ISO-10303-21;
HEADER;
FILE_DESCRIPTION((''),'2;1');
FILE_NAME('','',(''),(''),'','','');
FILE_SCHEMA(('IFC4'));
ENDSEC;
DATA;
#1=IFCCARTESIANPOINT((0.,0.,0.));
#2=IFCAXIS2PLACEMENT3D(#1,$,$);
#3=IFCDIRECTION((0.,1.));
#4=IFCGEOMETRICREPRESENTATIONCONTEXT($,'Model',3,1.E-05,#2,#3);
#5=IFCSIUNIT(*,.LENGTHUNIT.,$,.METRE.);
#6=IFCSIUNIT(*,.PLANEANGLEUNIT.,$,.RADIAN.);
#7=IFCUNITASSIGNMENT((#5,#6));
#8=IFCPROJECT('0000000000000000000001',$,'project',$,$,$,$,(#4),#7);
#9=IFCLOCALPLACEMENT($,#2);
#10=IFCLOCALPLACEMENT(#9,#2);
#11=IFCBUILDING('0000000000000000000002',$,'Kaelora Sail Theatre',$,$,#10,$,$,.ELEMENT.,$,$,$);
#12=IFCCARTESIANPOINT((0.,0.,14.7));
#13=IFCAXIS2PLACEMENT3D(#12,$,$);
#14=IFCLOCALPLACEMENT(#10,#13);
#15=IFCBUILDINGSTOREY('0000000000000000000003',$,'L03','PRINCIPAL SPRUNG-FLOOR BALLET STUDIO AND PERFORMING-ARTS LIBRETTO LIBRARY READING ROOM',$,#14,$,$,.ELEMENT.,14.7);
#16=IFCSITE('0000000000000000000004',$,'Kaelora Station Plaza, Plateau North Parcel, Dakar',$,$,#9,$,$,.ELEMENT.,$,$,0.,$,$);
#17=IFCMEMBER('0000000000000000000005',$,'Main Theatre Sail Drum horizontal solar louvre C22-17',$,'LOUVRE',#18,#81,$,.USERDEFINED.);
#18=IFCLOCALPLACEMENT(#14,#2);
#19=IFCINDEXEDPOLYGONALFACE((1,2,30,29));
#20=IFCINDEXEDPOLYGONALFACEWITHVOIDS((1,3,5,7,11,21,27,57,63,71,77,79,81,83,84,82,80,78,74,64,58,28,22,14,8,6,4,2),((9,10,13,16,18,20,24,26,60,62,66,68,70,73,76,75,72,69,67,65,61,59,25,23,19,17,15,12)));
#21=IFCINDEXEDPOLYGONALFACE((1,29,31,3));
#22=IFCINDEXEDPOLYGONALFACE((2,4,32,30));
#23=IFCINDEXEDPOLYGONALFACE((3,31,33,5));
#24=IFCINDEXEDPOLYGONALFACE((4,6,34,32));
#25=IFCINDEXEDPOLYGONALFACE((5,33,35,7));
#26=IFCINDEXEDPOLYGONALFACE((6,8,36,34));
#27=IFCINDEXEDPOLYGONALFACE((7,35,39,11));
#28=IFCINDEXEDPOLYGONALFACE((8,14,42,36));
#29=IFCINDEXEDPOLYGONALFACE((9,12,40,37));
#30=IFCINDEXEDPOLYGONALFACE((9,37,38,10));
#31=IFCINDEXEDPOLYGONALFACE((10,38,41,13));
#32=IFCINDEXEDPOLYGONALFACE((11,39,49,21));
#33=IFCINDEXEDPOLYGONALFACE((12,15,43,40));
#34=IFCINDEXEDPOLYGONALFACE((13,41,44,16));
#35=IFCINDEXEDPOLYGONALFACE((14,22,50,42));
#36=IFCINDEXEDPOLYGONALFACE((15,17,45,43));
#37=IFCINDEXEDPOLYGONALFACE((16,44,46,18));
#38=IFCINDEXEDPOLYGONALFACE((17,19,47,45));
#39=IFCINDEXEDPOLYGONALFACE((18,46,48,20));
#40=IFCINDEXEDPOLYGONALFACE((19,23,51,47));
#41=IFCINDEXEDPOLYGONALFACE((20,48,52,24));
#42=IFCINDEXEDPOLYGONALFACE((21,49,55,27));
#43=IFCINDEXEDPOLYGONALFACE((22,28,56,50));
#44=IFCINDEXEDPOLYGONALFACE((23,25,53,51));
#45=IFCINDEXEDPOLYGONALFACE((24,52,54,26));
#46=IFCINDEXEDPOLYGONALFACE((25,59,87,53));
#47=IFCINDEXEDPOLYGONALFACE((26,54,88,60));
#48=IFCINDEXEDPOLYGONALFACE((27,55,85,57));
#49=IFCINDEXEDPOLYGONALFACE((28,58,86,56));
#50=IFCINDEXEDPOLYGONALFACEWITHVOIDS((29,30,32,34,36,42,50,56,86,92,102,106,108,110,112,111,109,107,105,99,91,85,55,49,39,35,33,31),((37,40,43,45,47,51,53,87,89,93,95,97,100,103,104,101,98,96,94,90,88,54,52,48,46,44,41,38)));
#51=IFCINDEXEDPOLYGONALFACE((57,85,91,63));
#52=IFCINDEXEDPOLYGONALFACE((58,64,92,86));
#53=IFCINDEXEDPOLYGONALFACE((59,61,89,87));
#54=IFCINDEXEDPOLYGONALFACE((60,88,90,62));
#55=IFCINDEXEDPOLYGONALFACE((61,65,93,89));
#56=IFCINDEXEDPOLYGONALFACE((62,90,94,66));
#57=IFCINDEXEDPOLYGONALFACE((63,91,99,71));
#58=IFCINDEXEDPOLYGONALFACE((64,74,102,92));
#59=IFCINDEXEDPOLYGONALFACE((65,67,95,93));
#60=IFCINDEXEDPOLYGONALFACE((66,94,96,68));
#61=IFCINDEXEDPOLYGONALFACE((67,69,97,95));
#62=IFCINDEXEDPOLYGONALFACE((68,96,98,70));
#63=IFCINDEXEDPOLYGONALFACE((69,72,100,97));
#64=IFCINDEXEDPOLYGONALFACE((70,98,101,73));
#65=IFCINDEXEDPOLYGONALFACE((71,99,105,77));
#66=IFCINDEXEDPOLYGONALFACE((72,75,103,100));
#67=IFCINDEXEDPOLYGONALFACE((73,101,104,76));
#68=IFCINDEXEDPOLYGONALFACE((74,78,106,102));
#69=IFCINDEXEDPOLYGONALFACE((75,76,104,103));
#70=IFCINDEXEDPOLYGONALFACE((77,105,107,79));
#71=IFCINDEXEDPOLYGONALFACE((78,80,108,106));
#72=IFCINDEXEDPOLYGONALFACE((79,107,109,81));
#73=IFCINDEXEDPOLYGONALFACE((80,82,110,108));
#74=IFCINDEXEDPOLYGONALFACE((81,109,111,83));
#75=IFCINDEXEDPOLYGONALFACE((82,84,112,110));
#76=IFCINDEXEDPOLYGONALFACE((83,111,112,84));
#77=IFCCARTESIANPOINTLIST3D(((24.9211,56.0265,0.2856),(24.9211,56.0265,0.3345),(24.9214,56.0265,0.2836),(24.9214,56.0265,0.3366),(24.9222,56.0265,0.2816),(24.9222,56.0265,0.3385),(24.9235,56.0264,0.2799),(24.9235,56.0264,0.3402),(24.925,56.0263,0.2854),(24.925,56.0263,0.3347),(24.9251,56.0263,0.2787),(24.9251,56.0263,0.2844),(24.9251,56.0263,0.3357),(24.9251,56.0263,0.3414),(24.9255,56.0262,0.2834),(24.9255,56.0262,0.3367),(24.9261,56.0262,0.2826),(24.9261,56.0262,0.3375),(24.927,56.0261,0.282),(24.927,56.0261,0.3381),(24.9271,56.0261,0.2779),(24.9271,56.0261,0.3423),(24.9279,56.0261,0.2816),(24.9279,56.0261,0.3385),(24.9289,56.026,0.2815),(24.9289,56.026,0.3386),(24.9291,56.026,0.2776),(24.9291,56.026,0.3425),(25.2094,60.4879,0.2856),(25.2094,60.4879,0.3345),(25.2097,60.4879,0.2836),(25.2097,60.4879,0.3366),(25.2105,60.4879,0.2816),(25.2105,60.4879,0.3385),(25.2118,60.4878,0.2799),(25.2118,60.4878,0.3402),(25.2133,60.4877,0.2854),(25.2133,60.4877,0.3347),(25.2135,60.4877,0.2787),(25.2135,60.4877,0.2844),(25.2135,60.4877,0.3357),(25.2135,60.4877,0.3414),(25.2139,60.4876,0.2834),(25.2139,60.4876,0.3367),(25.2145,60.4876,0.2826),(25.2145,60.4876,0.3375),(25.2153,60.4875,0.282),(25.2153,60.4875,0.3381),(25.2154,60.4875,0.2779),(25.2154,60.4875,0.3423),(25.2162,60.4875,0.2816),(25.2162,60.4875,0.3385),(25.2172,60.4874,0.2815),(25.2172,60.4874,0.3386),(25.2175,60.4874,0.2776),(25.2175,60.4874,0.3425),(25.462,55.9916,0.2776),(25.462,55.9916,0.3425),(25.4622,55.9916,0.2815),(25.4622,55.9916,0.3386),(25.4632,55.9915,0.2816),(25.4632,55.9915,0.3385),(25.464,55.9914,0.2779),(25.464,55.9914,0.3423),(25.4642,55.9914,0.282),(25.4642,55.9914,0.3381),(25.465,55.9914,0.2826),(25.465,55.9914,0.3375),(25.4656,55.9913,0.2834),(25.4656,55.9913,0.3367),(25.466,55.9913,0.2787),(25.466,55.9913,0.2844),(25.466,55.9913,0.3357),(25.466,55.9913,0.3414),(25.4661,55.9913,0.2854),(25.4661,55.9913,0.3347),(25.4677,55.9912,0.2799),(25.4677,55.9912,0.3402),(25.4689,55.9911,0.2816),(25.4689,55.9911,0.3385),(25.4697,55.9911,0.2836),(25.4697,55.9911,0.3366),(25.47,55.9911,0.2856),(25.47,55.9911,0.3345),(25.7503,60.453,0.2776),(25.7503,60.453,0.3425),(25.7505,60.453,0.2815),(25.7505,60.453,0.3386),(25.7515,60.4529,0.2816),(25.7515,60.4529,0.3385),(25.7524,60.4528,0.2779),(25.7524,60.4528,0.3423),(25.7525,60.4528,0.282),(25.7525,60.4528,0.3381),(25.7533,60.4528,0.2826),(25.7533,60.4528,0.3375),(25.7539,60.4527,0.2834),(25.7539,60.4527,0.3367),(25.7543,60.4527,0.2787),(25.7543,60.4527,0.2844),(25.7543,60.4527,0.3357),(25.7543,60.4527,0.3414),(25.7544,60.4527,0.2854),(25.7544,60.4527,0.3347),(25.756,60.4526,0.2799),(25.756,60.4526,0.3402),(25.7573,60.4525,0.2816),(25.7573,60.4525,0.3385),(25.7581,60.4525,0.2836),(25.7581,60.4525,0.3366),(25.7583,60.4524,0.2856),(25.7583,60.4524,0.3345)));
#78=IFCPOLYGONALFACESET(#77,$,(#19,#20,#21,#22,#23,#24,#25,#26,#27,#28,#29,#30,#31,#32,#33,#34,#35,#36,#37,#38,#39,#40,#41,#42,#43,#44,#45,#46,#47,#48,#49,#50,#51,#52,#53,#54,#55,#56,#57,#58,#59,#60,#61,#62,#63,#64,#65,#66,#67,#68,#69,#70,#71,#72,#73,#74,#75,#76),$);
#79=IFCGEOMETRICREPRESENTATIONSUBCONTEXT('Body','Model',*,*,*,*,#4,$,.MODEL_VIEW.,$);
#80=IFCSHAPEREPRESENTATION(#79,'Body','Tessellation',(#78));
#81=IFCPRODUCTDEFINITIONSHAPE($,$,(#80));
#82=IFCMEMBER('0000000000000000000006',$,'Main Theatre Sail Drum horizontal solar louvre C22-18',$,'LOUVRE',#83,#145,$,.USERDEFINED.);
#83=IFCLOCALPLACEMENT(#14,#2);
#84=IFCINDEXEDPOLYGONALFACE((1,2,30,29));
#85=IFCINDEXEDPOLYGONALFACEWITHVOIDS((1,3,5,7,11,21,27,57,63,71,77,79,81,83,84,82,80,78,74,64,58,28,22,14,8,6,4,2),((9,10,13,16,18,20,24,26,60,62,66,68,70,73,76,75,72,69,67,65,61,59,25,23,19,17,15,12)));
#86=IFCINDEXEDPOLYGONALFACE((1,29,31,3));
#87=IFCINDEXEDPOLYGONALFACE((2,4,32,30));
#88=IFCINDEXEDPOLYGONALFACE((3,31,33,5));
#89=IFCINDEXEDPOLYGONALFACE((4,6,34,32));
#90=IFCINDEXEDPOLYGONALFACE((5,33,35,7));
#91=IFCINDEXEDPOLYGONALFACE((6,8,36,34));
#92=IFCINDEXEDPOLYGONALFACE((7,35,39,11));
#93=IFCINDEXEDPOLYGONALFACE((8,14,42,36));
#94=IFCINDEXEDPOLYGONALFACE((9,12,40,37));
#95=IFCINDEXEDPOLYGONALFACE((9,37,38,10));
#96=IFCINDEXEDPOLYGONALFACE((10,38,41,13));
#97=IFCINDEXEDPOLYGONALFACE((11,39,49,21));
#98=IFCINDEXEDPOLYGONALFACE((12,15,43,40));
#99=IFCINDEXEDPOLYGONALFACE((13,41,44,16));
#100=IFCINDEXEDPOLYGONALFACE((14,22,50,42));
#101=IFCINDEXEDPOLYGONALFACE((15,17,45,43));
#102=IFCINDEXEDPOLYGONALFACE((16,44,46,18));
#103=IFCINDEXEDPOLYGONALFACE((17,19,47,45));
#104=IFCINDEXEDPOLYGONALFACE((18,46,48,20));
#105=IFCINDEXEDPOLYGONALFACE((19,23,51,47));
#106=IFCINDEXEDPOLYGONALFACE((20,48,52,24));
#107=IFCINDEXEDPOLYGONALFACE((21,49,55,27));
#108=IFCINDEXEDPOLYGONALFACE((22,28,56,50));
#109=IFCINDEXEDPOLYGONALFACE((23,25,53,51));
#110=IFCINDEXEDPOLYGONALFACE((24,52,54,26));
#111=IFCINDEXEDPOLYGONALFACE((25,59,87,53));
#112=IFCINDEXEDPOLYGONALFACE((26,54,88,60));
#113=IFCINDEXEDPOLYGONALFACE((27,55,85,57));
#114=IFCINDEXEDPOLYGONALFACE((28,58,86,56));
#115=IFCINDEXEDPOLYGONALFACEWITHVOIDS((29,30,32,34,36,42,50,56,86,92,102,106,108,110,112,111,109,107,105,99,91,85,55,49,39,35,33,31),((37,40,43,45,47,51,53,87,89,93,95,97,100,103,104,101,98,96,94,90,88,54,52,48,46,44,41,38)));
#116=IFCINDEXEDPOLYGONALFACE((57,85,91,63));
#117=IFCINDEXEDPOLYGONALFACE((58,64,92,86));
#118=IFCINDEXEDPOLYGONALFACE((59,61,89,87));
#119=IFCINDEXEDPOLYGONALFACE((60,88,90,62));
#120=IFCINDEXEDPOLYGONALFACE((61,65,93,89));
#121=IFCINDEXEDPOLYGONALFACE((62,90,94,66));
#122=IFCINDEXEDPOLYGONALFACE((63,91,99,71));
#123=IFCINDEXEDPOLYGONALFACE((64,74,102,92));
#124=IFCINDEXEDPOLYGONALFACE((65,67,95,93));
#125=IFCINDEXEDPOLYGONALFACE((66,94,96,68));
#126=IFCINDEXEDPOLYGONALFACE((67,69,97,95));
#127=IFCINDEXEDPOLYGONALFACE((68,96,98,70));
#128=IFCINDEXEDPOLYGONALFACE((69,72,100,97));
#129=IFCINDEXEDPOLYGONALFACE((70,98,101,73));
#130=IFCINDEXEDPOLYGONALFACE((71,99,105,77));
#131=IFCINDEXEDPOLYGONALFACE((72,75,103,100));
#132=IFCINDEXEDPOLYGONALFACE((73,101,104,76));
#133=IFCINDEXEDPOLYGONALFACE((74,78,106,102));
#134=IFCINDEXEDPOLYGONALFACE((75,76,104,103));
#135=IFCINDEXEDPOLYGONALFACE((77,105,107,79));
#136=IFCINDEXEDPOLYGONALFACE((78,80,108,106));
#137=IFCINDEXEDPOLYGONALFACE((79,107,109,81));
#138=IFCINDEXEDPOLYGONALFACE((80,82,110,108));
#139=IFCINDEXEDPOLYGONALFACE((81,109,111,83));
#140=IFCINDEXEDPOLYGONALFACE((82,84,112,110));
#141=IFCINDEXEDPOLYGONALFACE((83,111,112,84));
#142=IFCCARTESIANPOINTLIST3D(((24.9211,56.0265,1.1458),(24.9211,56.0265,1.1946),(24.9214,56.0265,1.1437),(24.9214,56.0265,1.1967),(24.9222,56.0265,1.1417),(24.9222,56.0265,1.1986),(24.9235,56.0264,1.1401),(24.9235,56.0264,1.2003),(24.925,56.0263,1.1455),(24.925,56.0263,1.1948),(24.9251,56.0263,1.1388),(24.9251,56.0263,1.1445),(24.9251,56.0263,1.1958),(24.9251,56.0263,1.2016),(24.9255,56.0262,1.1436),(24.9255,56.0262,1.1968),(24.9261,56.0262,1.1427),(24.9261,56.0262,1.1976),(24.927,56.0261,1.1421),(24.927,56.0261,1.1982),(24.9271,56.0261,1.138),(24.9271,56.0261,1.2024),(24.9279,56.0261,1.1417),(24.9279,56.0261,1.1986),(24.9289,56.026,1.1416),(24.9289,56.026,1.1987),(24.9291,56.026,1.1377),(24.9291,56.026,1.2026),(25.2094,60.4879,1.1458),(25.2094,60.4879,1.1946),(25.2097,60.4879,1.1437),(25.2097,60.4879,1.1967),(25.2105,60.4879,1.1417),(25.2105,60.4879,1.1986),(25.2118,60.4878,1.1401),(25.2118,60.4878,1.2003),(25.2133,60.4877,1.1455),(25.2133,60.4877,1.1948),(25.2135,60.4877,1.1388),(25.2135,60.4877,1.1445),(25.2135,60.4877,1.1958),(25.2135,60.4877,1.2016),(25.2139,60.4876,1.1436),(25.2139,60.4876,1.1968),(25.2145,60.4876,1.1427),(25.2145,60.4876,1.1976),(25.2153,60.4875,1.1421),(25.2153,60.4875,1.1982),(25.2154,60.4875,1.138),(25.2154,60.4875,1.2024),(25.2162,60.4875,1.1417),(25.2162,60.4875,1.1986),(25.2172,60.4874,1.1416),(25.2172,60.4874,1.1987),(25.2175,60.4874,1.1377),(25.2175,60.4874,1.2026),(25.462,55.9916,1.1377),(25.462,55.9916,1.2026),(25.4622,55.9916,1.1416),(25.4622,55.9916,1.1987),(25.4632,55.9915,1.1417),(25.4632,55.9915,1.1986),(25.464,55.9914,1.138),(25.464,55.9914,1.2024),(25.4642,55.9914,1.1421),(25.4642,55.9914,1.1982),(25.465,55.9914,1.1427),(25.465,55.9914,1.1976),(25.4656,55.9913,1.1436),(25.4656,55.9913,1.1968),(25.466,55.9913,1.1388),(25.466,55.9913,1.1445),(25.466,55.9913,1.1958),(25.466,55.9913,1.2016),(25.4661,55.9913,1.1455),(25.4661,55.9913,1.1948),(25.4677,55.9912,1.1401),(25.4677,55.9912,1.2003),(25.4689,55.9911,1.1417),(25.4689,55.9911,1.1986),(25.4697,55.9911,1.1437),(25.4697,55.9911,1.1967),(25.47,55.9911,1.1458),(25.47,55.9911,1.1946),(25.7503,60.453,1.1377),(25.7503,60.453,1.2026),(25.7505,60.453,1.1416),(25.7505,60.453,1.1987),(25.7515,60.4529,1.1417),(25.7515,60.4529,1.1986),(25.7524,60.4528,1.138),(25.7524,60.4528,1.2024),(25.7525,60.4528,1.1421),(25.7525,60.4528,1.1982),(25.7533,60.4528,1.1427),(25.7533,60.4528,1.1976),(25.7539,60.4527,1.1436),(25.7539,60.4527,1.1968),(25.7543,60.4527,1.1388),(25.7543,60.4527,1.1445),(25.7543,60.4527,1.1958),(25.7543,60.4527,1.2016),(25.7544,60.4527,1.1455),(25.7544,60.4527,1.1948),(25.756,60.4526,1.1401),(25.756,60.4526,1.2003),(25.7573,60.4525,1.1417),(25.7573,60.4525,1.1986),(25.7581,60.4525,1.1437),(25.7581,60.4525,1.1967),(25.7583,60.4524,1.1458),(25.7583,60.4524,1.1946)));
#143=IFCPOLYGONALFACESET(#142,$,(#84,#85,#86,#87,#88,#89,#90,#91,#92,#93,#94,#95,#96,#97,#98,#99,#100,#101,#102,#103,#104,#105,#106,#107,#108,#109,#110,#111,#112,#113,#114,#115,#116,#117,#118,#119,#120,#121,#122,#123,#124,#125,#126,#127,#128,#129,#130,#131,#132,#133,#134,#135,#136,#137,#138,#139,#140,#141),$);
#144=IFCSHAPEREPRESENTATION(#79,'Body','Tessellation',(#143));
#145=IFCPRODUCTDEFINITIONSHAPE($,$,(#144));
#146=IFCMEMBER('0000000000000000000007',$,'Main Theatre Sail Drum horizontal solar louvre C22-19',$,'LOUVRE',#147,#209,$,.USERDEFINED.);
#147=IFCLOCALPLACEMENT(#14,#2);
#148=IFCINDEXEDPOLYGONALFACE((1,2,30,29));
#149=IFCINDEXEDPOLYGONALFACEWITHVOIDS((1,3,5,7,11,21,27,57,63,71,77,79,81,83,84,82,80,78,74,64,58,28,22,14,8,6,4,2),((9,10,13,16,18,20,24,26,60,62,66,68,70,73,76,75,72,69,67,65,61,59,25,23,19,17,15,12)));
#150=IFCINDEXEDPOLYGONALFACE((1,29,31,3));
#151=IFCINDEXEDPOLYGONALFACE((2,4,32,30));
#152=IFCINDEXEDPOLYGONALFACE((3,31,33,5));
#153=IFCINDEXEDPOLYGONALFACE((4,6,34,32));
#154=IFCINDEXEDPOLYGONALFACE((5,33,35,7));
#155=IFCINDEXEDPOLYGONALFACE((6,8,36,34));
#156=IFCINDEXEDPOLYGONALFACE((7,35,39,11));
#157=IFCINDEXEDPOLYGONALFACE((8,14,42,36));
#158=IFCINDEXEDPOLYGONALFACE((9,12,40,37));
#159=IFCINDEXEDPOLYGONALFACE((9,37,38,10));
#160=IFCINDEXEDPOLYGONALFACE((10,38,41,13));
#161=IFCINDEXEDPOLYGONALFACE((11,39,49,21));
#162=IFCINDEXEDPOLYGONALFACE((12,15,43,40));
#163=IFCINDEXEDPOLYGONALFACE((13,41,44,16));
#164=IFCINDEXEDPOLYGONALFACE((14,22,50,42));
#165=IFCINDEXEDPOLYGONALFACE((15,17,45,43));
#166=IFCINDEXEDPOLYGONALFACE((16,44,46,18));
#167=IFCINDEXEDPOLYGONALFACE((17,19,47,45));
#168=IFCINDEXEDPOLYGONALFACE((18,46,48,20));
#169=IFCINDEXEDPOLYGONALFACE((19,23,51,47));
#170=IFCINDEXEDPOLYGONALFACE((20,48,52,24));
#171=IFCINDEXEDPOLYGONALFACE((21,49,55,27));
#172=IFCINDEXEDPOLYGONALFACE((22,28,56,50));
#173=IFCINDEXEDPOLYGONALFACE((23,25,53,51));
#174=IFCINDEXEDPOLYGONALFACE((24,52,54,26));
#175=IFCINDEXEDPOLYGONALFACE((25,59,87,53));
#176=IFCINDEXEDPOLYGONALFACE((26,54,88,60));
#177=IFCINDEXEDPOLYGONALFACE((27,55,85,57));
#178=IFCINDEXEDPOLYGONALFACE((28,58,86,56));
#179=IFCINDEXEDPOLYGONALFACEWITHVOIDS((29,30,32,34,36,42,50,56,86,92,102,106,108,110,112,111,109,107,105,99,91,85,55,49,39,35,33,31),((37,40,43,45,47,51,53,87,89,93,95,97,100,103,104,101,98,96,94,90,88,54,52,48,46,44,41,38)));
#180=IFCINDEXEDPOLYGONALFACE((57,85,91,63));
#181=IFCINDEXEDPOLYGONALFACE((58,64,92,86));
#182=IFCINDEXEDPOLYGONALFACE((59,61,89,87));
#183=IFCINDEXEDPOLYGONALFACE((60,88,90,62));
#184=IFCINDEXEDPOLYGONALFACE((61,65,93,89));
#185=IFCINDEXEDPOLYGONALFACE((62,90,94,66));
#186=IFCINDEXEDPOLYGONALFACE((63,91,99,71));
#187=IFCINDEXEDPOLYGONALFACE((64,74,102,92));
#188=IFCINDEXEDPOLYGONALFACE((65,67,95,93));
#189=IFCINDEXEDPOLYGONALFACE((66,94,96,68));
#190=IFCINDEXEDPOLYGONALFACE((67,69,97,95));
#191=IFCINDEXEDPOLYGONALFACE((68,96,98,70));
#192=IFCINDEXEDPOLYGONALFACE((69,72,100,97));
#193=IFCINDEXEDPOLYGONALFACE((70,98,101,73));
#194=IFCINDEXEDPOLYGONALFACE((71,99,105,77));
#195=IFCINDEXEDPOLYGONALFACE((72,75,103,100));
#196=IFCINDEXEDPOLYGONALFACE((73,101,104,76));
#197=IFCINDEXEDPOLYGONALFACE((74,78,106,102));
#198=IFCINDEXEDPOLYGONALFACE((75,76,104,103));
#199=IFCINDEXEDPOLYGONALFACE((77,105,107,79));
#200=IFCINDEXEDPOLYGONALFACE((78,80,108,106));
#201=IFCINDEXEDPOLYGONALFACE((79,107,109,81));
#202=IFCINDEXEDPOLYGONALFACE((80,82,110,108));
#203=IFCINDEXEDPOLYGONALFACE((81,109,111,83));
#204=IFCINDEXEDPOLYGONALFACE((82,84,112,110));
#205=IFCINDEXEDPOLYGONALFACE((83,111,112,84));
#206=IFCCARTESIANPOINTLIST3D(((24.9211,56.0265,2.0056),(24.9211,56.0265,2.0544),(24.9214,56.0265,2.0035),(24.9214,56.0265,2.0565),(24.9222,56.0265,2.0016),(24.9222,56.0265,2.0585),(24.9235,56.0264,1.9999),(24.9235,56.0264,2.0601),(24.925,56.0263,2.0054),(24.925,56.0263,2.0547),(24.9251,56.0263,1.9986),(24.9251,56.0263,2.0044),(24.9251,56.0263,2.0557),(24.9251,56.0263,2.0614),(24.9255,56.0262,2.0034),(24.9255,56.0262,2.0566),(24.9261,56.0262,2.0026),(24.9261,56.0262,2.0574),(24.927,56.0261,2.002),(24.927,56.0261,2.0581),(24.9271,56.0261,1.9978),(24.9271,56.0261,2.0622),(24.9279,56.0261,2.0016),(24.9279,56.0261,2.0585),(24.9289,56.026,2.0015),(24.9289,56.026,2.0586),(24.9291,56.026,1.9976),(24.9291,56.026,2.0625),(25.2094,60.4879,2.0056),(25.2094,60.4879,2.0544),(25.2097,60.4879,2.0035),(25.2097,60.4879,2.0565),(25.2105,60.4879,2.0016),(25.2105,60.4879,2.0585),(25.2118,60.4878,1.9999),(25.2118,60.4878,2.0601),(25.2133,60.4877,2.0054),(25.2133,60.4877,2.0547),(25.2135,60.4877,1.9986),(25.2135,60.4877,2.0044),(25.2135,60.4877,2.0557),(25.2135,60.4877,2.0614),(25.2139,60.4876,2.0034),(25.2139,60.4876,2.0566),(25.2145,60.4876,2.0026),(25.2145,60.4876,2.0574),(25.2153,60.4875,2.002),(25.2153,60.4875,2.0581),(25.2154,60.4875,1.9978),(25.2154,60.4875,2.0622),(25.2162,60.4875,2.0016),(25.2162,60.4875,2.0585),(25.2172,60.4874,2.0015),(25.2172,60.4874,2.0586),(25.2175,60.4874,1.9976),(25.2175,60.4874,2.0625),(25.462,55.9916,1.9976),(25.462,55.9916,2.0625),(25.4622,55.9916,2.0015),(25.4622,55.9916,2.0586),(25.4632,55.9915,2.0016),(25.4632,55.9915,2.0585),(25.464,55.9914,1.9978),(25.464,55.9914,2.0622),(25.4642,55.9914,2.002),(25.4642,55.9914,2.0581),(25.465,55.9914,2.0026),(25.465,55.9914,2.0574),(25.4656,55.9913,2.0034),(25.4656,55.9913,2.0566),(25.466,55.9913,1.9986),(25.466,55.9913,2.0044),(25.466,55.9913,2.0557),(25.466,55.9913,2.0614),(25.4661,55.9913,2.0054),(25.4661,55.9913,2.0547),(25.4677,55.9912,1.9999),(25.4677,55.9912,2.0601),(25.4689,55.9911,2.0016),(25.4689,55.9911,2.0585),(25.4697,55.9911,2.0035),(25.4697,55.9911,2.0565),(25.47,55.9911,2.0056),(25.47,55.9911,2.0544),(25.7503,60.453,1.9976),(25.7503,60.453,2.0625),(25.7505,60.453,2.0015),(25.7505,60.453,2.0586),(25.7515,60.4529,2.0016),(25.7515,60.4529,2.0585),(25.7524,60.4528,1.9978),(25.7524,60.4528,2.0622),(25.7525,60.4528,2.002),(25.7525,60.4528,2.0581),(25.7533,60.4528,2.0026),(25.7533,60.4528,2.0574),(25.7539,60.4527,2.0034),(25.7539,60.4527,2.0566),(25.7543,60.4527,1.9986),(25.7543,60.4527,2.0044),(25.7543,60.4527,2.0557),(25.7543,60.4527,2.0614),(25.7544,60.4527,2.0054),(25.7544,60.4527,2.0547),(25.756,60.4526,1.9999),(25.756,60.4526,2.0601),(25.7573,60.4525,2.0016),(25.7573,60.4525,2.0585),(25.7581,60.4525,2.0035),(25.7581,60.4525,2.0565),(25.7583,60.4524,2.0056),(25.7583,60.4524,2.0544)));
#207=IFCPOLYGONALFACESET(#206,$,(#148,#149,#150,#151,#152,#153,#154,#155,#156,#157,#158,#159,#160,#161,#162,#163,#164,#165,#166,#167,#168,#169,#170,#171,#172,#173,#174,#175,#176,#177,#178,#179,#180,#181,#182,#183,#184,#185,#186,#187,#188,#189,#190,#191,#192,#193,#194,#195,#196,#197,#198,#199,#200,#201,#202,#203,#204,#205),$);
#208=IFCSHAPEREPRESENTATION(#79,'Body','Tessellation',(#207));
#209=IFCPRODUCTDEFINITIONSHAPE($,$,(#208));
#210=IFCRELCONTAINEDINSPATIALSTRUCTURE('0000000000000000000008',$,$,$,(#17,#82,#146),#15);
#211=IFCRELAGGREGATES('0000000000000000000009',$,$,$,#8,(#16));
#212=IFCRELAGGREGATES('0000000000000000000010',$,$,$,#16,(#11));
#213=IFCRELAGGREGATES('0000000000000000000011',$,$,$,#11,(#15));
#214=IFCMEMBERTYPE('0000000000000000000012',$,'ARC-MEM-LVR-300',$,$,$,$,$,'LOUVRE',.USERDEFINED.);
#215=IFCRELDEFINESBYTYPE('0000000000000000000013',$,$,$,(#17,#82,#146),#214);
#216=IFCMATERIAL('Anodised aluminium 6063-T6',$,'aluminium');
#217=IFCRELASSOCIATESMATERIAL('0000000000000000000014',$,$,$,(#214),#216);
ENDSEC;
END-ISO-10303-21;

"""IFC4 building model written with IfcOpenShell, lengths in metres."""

from ifc_helpers import new_model, si_unit, direction, frame, origin, origin_2d, place, context, subcontext, project, spatial, hollow_rectangle, extrude, material, material_profile, profile_set, type_object, element, save


model = new_model("IFC4")

# Units and contexts
model_context = context("Model", 3, precision=1e-05, world=origin(), true_north=direction((0.0, 1.0)))
body_context = subcontext(model_context, "Body", "Model", "MODEL_VIEW")
ifc_project = project(units=[si_unit("LENGTHUNIT", "METRE"), si_unit("PLANEANGLEUNIT", "RADIAN")], contexts=[model_context])

# Site, building, storey
site_placement = place(None, origin())
site = spatial("IfcSite", under=ifc_project, at=site_placement, Name="Kaelora Station Plaza, Plateau North Parcel, Dakar", CompositionType="ELEMENT", RefElevation=0.0)
building_placement = place(site_placement, origin())
building = spatial("IfcBuilding", under=site, at=building_placement, Name="Kaelora Sail Theatre", CompositionType="ELEMENT")
storey_placement = place(building_placement, frame((0.0, 0.0, 14.7)))
storey = spatial("IfcBuildingStorey", under=building, at=storey_placement, Name="L03", Description="PRINCIPAL SPRUNG-FLOOR BALLET STUDIO AND PERFORMING-ARTS LIBRETTO LIBRARY READING ROOM", CompositionType="ELEMENT", Elevation=14.7)

# Members
ifc_material_1 = material(Name="Anodised aluminium 6063-T6", Category="aluminium")
ifc_material_profile_1 = material_profile(ifc_material_1, hollow_rectangle(XDim=0.55, YDim=0.0649, WallThickness=0.0039, InnerFilletRadius=0.0039, OuterFilletRadius=0.0081, at=origin_2d()), Name="LOUVRE 550x65x4")
ifc_profile_set_1 = profile_set([ifc_material_profile_1], Name="Anodised aluminium 6063-T6")
member_type = type_object("IfcMemberType", Name="ARC-MEM-LVR-300", ElementType="LOUVRE", PredefinedType="USERDEFINED", material=ifc_profile_set_1)
for number, where, z_axis, x_axis, name in (
    (1, (25.1956, 56.0088, 0.3101), (0.064493, 0.997918, 0.0), (-0.997918, 0.064493, 0.0), "Main Theatre Sail Drum horizontal solar louvre C22-17"),
    (2, (25.1956, 56.0088, 1.1702), (0.064493, 0.997918, 0.0), (-0.997918, 0.064493, 0.0), "Main Theatre Sail Drum horizontal solar louvre C22-18"),
    (3, (25.1956, 56.0088, 2.03), (0.064493, 0.997918, 0.0), (-0.997918, 0.064493, 0.0), "Main Theatre Sail Drum horizontal solar louvre C22-19"),
):
    element("IfcMember", number, at=place(storey_placement, frame(where, z_axis=z_axis, x_axis=x_axis)), inside=storey, type_object=member_type, Name=name, ObjectType="LOUVRE", PredefinedType="USERDEFINED", context=body_context, shape_type="SweptSolid", body=[
        extrude(hollow_rectangle(XDim=0.55, YDim=0.0649, WallThickness=0.0039, InnerFilletRadius=0.0039, OuterFilletRadius=0.0081, at=origin_2d()), origin(), (0.0, 0.0, 1.0), 4.4707),
    ])

save(model, "model.ifc")
